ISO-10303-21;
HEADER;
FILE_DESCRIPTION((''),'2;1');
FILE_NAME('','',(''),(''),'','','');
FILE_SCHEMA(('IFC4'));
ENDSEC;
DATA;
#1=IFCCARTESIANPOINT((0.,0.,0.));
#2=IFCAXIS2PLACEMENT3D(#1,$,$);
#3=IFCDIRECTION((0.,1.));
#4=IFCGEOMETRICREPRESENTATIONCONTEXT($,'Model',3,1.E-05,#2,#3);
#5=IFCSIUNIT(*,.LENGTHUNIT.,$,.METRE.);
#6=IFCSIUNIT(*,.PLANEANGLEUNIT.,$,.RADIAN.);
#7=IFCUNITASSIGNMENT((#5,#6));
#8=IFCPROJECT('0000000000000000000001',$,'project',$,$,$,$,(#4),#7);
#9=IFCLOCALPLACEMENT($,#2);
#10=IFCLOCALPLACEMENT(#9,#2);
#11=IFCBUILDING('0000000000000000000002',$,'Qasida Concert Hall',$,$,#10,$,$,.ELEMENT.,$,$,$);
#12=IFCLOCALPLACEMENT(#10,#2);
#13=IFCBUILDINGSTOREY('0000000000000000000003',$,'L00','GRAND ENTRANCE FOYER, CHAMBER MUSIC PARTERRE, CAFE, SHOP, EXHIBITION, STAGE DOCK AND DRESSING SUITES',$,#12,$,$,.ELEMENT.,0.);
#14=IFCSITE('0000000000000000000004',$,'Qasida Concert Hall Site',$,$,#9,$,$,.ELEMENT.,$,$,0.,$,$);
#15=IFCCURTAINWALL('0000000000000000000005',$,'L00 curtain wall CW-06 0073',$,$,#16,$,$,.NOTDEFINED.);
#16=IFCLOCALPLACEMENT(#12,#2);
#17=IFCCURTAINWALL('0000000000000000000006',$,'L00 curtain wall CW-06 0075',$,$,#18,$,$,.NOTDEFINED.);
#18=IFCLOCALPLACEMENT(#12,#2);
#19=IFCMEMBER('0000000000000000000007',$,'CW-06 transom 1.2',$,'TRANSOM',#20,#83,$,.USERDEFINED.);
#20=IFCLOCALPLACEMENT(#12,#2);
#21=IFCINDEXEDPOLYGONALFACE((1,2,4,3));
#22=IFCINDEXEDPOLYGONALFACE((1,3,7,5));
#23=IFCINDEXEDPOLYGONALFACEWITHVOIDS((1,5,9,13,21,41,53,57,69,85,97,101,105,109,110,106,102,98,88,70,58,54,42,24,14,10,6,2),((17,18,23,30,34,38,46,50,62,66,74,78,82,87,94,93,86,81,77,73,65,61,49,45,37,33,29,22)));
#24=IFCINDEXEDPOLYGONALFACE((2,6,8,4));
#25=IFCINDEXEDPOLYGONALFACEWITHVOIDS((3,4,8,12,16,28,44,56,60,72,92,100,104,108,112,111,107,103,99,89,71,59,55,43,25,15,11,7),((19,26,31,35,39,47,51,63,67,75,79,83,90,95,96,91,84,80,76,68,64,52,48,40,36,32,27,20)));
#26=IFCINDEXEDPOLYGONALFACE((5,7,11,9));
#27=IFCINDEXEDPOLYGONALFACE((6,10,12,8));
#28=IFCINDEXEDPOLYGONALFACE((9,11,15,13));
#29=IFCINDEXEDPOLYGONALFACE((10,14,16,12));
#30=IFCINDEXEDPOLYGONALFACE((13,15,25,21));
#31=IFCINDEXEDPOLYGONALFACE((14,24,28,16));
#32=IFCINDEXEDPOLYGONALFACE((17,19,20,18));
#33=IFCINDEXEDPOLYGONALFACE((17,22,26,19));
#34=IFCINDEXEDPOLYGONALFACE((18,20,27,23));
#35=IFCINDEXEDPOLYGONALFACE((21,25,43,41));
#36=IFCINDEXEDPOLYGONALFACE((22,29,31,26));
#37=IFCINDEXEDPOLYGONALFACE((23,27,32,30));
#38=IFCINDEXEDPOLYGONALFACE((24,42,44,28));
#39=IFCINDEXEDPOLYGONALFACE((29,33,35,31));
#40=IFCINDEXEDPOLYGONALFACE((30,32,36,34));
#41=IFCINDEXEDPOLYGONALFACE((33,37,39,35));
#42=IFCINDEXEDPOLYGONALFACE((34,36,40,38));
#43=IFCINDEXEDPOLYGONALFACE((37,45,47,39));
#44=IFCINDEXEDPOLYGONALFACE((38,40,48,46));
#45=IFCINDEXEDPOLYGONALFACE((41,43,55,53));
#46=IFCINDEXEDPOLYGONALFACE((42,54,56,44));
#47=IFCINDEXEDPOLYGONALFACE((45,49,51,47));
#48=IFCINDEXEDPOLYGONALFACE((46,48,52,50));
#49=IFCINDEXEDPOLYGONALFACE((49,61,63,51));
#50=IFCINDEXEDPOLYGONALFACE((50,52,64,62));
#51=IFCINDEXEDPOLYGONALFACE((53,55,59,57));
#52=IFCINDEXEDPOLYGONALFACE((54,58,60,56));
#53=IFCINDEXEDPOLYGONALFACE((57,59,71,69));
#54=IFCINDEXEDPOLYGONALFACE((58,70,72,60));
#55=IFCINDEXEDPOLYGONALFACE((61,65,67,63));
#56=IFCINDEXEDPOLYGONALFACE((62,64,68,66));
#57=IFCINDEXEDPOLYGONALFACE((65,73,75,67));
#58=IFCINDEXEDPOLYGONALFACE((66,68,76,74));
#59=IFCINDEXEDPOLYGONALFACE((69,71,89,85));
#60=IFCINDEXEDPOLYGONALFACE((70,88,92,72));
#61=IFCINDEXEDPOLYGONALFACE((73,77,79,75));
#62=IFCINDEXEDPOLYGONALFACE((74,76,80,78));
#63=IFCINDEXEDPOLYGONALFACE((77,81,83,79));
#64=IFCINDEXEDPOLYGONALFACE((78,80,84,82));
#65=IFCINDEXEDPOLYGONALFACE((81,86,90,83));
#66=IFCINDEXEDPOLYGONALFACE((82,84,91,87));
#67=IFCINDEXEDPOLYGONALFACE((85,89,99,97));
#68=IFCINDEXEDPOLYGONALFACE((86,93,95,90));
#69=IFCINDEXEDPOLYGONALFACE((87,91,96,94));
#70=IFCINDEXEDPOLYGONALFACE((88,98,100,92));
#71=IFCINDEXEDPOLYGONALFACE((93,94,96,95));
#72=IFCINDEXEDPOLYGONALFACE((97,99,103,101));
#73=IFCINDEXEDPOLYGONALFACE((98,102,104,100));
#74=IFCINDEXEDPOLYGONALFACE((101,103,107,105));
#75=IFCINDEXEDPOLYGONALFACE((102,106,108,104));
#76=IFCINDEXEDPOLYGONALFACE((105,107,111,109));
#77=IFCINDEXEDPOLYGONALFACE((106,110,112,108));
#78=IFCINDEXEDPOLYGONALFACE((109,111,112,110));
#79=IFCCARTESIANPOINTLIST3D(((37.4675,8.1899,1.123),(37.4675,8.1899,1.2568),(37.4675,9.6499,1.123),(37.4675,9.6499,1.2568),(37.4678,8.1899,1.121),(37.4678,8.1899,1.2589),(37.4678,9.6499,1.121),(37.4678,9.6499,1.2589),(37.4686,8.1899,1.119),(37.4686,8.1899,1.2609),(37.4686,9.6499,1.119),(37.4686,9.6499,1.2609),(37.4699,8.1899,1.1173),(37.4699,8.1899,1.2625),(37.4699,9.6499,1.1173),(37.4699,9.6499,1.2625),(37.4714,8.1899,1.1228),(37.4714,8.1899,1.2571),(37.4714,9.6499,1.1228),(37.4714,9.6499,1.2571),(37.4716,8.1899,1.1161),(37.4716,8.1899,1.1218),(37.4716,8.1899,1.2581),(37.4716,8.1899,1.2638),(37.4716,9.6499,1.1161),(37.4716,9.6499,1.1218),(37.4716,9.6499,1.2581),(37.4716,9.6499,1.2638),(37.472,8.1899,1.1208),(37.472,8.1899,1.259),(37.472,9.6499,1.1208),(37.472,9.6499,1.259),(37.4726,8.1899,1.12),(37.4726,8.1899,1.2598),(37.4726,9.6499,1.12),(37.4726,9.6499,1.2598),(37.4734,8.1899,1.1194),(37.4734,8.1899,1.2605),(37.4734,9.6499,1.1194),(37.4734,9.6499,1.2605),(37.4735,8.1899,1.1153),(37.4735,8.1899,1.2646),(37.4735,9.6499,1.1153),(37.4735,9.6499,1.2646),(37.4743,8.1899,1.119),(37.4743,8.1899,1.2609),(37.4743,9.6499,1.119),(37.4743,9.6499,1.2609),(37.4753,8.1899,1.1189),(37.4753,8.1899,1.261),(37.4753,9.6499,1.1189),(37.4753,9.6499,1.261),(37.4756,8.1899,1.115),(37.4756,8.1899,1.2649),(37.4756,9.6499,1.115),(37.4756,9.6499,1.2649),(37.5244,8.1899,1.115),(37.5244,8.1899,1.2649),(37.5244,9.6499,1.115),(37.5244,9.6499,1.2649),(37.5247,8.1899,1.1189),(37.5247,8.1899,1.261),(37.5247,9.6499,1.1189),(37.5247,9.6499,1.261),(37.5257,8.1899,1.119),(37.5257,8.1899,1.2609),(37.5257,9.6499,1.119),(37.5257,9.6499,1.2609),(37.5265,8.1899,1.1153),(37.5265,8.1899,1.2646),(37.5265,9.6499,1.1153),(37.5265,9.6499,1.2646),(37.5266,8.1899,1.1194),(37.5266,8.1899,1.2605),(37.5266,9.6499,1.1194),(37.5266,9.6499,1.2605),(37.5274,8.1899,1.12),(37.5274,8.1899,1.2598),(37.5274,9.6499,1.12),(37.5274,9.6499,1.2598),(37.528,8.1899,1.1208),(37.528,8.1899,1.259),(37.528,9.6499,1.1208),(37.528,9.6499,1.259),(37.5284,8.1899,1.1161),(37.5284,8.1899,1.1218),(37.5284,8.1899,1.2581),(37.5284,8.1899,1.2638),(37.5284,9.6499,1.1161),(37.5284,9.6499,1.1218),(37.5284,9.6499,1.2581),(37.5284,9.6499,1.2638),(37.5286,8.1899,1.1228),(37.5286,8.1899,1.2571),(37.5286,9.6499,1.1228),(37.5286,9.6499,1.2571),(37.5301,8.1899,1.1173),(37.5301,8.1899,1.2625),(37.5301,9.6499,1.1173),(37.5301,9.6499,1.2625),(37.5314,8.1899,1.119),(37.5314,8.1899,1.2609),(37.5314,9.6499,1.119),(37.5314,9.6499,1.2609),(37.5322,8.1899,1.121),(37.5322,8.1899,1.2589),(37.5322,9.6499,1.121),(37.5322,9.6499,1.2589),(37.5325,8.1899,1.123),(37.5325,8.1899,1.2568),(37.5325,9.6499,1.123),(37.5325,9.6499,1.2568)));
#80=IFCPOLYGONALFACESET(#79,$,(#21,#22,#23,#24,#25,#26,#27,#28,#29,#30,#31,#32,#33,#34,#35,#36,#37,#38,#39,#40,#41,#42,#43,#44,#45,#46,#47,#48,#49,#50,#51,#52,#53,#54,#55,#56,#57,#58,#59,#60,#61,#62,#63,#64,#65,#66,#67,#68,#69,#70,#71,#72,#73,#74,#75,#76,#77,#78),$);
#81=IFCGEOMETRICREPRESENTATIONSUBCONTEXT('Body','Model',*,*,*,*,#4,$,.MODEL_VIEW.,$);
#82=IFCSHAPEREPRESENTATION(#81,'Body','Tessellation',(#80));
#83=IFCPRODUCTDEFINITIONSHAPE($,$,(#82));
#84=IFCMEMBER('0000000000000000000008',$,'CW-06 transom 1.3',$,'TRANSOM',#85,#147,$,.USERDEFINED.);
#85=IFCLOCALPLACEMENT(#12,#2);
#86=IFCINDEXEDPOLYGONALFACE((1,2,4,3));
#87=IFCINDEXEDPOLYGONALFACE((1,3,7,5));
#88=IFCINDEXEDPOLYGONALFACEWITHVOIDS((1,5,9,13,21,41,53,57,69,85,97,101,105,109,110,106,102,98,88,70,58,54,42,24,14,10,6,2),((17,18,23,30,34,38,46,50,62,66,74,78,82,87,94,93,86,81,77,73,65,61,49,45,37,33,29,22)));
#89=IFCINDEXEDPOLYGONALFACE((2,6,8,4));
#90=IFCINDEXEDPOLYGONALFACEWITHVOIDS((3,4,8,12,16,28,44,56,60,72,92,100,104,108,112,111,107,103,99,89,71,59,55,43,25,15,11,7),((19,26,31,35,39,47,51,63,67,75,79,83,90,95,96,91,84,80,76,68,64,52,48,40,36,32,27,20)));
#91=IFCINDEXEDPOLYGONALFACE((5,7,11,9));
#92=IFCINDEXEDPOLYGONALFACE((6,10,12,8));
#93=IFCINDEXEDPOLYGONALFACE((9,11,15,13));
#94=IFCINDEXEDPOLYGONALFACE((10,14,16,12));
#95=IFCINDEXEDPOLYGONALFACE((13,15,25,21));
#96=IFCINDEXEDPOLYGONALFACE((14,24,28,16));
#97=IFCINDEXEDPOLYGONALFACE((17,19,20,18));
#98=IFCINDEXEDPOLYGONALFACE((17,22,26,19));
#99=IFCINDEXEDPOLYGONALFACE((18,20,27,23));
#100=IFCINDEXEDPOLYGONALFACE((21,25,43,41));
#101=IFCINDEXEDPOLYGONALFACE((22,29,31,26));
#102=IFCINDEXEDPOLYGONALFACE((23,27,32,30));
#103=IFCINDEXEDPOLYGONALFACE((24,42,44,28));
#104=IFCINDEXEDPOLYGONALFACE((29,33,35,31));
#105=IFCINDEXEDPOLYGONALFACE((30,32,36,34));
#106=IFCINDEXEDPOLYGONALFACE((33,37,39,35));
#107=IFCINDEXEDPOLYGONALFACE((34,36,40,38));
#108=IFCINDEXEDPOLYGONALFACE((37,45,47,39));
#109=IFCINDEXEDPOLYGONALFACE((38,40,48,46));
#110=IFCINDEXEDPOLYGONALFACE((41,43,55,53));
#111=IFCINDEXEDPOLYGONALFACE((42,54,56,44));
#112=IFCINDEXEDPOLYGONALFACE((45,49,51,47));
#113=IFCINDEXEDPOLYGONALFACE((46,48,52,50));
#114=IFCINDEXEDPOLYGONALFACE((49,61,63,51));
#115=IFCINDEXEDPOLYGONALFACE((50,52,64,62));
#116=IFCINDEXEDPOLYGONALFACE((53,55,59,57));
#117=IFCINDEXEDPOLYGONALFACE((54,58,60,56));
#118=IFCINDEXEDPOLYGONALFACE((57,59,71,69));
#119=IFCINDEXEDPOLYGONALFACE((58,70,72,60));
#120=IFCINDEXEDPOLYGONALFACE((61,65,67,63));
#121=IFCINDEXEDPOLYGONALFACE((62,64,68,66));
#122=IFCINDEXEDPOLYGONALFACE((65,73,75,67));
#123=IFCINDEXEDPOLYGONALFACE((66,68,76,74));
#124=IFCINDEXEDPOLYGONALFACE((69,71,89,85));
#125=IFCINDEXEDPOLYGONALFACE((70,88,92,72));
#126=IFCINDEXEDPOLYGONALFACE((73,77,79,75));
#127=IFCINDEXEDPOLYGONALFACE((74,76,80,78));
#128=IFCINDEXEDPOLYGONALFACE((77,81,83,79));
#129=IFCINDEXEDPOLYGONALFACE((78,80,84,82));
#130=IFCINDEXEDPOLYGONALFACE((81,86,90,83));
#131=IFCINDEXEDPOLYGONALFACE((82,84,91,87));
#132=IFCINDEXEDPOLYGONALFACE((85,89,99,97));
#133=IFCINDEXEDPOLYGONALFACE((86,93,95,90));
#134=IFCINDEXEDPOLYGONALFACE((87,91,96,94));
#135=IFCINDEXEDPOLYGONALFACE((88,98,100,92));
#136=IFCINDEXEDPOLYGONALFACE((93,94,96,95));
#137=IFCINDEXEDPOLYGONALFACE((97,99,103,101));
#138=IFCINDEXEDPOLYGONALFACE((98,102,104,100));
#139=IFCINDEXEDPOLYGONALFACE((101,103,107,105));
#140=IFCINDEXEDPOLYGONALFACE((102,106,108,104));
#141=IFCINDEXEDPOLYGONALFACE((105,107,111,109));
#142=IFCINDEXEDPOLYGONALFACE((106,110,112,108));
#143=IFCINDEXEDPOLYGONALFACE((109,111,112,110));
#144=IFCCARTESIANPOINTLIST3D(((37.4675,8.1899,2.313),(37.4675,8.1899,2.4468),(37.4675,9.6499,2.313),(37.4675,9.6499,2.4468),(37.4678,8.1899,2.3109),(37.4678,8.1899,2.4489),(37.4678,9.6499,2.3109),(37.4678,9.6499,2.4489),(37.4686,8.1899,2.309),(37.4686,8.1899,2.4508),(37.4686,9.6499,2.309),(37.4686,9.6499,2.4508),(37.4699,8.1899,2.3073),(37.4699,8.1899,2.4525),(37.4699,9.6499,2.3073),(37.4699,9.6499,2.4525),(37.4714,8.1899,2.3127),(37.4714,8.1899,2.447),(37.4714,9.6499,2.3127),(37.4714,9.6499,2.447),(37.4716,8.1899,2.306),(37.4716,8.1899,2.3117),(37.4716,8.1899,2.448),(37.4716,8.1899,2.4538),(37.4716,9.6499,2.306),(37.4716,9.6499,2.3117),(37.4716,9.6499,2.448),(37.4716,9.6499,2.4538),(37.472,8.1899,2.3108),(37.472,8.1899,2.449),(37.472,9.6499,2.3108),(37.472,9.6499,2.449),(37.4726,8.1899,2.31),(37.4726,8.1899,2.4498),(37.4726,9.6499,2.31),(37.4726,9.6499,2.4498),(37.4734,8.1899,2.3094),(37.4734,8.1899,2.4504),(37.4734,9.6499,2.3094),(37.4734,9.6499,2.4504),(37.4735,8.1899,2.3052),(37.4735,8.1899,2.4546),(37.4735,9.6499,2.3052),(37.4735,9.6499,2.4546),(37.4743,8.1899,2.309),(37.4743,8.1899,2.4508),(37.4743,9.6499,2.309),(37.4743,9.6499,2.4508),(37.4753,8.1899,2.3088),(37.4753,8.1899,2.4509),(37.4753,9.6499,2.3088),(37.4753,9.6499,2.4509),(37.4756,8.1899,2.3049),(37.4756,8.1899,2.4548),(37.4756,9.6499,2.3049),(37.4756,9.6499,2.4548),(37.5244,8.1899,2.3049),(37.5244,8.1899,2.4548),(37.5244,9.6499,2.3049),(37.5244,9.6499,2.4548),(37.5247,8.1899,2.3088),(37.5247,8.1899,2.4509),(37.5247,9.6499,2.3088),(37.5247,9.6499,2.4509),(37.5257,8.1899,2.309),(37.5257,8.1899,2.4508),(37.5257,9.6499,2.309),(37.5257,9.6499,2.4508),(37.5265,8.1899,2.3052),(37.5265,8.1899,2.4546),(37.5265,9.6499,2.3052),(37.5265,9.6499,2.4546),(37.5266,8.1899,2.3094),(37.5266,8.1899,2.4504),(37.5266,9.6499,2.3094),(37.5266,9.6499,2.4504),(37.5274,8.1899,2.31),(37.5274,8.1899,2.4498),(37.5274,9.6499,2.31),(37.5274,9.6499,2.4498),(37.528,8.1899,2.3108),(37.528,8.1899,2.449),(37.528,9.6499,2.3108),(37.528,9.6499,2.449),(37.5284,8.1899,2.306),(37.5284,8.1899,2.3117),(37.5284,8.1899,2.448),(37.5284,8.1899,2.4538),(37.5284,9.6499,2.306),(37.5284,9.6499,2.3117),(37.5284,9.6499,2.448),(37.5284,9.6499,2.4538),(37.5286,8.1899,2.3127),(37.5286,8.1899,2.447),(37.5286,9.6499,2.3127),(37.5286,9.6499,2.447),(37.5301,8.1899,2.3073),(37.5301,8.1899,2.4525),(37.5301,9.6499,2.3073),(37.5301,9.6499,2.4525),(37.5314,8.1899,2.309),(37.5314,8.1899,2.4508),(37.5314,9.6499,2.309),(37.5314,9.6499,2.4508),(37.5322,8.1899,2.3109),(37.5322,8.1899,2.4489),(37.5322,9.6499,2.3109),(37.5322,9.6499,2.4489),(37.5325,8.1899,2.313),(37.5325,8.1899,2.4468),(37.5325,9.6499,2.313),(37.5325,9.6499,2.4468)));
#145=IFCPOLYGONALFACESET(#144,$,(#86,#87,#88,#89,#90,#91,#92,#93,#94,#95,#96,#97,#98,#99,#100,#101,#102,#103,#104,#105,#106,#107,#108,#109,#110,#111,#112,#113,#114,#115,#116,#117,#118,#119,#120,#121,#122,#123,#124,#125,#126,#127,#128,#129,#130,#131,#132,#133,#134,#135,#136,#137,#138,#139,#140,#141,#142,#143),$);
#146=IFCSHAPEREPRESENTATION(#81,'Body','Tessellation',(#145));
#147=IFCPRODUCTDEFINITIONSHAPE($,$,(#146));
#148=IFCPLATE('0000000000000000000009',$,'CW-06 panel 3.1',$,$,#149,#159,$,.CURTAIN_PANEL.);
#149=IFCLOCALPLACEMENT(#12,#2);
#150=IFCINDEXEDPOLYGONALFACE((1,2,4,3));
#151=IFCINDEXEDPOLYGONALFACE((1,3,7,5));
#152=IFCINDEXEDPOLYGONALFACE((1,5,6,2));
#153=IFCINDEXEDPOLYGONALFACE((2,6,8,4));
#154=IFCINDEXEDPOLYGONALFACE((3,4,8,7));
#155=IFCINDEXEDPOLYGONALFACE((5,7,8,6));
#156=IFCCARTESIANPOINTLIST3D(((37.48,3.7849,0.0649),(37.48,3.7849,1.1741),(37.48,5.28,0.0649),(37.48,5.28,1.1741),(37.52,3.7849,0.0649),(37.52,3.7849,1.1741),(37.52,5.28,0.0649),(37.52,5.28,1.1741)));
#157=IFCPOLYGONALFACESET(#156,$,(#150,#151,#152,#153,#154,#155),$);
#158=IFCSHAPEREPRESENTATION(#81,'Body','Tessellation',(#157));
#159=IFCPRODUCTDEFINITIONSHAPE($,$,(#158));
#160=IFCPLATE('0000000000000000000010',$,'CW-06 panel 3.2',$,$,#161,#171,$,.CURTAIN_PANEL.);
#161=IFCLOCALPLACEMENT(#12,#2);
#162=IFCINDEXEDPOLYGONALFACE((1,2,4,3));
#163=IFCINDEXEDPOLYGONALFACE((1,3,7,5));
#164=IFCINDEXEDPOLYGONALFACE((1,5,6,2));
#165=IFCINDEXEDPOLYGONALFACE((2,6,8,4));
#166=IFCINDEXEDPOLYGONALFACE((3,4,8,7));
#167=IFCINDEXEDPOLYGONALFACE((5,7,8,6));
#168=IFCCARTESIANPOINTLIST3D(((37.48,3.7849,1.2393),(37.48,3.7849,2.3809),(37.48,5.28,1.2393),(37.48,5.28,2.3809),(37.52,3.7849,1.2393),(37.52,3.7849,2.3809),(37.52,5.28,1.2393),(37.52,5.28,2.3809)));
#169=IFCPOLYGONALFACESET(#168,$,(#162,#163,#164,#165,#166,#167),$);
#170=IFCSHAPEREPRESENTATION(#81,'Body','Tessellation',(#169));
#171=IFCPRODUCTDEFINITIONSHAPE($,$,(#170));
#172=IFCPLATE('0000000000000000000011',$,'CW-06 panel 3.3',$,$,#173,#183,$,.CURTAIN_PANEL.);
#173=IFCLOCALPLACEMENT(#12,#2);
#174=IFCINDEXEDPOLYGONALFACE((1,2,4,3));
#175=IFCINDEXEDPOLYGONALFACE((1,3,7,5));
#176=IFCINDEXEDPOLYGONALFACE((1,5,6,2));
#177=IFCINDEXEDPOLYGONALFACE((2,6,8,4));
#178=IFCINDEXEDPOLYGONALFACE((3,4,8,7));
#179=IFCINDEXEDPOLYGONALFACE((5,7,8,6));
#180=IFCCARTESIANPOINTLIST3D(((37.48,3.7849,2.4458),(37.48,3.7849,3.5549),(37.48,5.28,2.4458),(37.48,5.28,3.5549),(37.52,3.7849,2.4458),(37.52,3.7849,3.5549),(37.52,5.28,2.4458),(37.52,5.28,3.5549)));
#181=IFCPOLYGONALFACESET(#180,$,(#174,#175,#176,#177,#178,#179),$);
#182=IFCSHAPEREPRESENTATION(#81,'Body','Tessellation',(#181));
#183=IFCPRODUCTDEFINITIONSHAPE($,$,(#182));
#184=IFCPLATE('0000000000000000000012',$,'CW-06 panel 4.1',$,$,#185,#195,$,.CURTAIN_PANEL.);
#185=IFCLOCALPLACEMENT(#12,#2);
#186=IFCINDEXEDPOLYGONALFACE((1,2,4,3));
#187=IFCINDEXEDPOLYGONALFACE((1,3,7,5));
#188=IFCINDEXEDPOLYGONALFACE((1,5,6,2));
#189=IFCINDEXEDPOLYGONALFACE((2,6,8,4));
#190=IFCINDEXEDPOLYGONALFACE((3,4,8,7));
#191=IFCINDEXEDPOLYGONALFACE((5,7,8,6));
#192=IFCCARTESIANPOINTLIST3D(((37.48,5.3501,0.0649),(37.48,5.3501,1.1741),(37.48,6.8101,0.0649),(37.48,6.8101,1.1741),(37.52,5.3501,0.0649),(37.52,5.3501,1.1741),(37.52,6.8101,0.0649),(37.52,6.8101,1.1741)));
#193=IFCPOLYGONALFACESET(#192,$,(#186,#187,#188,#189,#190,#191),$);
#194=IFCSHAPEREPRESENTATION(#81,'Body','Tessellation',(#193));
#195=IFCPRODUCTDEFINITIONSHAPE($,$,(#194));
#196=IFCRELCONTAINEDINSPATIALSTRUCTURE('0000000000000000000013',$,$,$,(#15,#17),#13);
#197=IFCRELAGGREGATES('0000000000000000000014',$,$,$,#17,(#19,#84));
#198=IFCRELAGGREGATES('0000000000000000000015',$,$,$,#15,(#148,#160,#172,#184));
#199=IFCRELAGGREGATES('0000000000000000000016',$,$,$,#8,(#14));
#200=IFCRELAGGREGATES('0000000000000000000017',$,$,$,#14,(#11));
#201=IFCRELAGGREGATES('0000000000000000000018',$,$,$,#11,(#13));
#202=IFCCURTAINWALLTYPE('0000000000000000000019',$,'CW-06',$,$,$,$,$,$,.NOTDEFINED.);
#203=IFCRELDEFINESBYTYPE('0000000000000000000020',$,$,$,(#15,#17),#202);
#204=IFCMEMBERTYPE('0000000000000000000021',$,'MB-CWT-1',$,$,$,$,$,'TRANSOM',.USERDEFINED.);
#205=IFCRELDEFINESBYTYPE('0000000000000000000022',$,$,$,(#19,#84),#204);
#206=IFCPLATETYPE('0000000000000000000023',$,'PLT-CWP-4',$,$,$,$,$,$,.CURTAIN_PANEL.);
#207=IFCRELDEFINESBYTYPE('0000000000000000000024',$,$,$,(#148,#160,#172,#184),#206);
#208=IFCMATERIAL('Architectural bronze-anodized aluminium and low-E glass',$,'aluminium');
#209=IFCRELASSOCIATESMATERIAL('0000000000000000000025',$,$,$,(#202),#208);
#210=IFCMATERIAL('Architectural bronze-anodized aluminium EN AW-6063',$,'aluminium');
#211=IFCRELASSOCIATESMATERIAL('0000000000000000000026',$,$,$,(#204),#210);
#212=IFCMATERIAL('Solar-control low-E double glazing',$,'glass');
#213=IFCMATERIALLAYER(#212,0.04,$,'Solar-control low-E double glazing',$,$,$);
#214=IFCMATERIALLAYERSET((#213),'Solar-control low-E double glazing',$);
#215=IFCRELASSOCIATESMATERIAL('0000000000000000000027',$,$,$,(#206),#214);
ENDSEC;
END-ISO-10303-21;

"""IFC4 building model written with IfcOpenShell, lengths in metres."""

from ifc_helpers import new_model, si_unit, direction, frame, origin, origin_2d, place, context, subcontext, project, spatial, rectangle, hollow_rectangle, extrude, material, layer, layer_set, material_profile, profile_set, type_object, element, aggregate, save


model = new_model("IFC4")

# Units and contexts
model_context = context("Model", 3, precision=1e-05, world=origin(), true_north=direction((0.0, 1.0)))
body_context = subcontext(model_context, "Body", "Model", "MODEL_VIEW")
ifc_project = project(units=[si_unit("LENGTHUNIT", "METRE"), si_unit("PLANEANGLEUNIT", "RADIAN")], contexts=[model_context])

# Site, building, storey
site_placement = place(None, origin())
site = spatial("IfcSite", under=ifc_project, at=site_placement, Name="Qasida Concert Hall Site", CompositionType="ELEMENT", RefElevation=0.0)
building_placement = place(site_placement, origin())
building = spatial("IfcBuilding", under=site, at=building_placement, Name="Qasida Concert Hall", CompositionType="ELEMENT")
storey_placement = place(building_placement, origin())
storey = spatial("IfcBuildingStorey", under=building, at=storey_placement, Name="L00", Description="GRAND ENTRANCE FOYER, CHAMBER MUSIC PARTERRE, CAFE, SHOP, EXHIBITION, STAGE DOCK AND DRESSING SUITES", CompositionType="ELEMENT", Elevation=0.0)

# Curtain wall
ifc_material_1 = material(Name="Architectural bronze-anodized aluminium and low-E glass", Category="aluminium")
curtain_wall_type = type_object("IfcCurtainWallType", Name="CW-06", PredefinedType="NOTDEFINED", material=ifc_material_1)
curtain_wall_1_placement = place(storey_placement, origin())
curtain_wall_1 = element("IfcCurtainWall", 1, at=curtain_wall_1_placement, inside=storey, type_object=curtain_wall_type, Name="L00 curtain wall CW-06 0073", PredefinedType="NOTDEFINED")
ifc_material_2 = material(Name="Architectural bronze-anodized aluminium EN AW-6063", Category="aluminium")

# Curtain wall
curtain_wall_2_placement = place(storey_placement, origin())
curtain_wall_2 = element("IfcCurtainWall", 2, at=curtain_wall_2_placement, inside=storey, type_object=curtain_wall_type, Name="L00 curtain wall CW-06 0075", PredefinedType="NOTDEFINED")

# Members
ifc_material_profile_1 = material_profile(ifc_material_2, hollow_rectangle(XDim=0.0649, YDim=0.1499, WallThickness=0.0039, InnerFilletRadius=0.0039, OuterFilletRadius=0.0081, at=origin_2d()), Name="CWT 150x65x4")
ifc_profile_set_1 = profile_set([ifc_material_profile_1], Name="Architectural bronze-anodized aluminium EN AW-6063")
member_type_1 = type_object("IfcMemberType", Name="MB-CWT-1", ElementType="TRANSOM", PredefinedType="USERDEFINED", material=ifc_profile_set_1)
member_1_placement = place(storey_placement, frame((37.5, 8.1899, 1.1899), z_axis=(0.0, 1.0, 0.0), x_axis=(-1.0, 0.0, 0.0)))
member_1 = element("IfcMember", 3, at=member_1_placement, type_object=member_type_1, Name="CW-06 transom 1.2", ObjectType="TRANSOM", PredefinedType="USERDEFINED", context=body_context, shape_type="SweptSolid", body=[
    extrude(hollow_rectangle(XDim=0.0649, YDim=0.1499, WallThickness=0.0039, InnerFilletRadius=0.0039, OuterFilletRadius=0.0081, at=origin_2d()), origin(), (0.0, 0.0, 1.0), 1.46),
])
member_2_placement = place(storey_placement, frame((37.5, 8.1899, 2.3799), z_axis=(0.0, 1.0, 0.0), x_axis=(-1.0, 0.0, 0.0)))
member_2 = element("IfcMember", 4, at=member_2_placement, type_object=member_type_1, Name="CW-06 transom 1.3", ObjectType="TRANSOM", PredefinedType="USERDEFINED", context=body_context, shape_type="SweptSolid", body=[
    extrude(hollow_rectangle(XDim=0.0649, YDim=0.1499, WallThickness=0.0039, InnerFilletRadius=0.0039, OuterFilletRadius=0.0081, at=origin_2d()), origin(), (0.0, 0.0, 1.0), 1.46),
])
aggregate(curtain_wall_2, [member_1, member_2])

# Plates
ifc_material_3 = material(Name="Solar-control low-E double glazing", Category="glass")
ifc_layer = layer(ifc_material_3, 0.04, Name="Solar-control low-E double glazing")
ifc_layer_set = layer_set([ifc_layer], Name="Solar-control low-E double glazing")
plate_type = type_object("IfcPlateType", Name="PLT-CWP-4", PredefinedType="CURTAIN_PANEL", material=ifc_layer_set)
plate_1_placement = place(storey_placement, frame((37.5, 4.5325, 0.0649), z_axis=(0.0, 0.0, 1.0), x_axis=(0.0, 1.0, 0.0)))
plate_1 = element("IfcPlate", 5, at=plate_1_placement, type_object=plate_type, Name="CW-06 panel 3.1", PredefinedType="CURTAIN_PANEL", context=body_context, shape_type="SweptSolid", body=[
    extrude(rectangle(XDim=1.4951, YDim=0.04, at=origin_2d()), origin(), (0.0, 0.0, 1.0), 1.1091),
])
plate_2_placement = place(storey_placement, frame((37.5, 4.5325, 1.2393), z_axis=(0.0, 0.0, 1.0), x_axis=(0.0, 1.0, 0.0)))
plate_2 = element("IfcPlate", 6, at=plate_2_placement, type_object=plate_type, Name="CW-06 panel 3.2", PredefinedType="CURTAIN_PANEL", context=body_context, shape_type="SweptSolid", body=[
    extrude(rectangle(XDim=1.4951, YDim=0.04, at=origin_2d()), origin(), (0.0, 0.0, 1.0), 1.1416),
])
plate_3_placement = place(storey_placement, frame((37.5, 4.5325, 2.4458), z_axis=(0.0, 0.0, 1.0), x_axis=(0.0, 1.0, 0.0)))
plate_3 = element("IfcPlate", 7, at=plate_3_placement, type_object=plate_type, Name="CW-06 panel 3.3", PredefinedType="CURTAIN_PANEL", context=body_context, shape_type="SweptSolid", body=[
    extrude(rectangle(XDim=1.4951, YDim=0.04, at=origin_2d()), origin(), (0.0, 0.0, 1.0), 1.1091),
])
plate_4_placement = place(storey_placement, frame((37.5, 6.0801, 0.0649), z_axis=(0.0, 0.0, 1.0), x_axis=(0.0, 1.0, 0.0)))
plate_4 = element("IfcPlate", 8, at=plate_4_placement, type_object=plate_type, Name="CW-06 panel 4.1", PredefinedType="CURTAIN_PANEL", context=body_context, shape_type="SweptSolid", body=[
    extrude(rectangle(XDim=1.46, YDim=0.04, at=origin_2d()), origin(), (0.0, 0.0, 1.0), 1.1091),
])
aggregate(curtain_wall_1, [plate_1, plate_2, plate_3, plate_4])

save(model, "model.ifc")
